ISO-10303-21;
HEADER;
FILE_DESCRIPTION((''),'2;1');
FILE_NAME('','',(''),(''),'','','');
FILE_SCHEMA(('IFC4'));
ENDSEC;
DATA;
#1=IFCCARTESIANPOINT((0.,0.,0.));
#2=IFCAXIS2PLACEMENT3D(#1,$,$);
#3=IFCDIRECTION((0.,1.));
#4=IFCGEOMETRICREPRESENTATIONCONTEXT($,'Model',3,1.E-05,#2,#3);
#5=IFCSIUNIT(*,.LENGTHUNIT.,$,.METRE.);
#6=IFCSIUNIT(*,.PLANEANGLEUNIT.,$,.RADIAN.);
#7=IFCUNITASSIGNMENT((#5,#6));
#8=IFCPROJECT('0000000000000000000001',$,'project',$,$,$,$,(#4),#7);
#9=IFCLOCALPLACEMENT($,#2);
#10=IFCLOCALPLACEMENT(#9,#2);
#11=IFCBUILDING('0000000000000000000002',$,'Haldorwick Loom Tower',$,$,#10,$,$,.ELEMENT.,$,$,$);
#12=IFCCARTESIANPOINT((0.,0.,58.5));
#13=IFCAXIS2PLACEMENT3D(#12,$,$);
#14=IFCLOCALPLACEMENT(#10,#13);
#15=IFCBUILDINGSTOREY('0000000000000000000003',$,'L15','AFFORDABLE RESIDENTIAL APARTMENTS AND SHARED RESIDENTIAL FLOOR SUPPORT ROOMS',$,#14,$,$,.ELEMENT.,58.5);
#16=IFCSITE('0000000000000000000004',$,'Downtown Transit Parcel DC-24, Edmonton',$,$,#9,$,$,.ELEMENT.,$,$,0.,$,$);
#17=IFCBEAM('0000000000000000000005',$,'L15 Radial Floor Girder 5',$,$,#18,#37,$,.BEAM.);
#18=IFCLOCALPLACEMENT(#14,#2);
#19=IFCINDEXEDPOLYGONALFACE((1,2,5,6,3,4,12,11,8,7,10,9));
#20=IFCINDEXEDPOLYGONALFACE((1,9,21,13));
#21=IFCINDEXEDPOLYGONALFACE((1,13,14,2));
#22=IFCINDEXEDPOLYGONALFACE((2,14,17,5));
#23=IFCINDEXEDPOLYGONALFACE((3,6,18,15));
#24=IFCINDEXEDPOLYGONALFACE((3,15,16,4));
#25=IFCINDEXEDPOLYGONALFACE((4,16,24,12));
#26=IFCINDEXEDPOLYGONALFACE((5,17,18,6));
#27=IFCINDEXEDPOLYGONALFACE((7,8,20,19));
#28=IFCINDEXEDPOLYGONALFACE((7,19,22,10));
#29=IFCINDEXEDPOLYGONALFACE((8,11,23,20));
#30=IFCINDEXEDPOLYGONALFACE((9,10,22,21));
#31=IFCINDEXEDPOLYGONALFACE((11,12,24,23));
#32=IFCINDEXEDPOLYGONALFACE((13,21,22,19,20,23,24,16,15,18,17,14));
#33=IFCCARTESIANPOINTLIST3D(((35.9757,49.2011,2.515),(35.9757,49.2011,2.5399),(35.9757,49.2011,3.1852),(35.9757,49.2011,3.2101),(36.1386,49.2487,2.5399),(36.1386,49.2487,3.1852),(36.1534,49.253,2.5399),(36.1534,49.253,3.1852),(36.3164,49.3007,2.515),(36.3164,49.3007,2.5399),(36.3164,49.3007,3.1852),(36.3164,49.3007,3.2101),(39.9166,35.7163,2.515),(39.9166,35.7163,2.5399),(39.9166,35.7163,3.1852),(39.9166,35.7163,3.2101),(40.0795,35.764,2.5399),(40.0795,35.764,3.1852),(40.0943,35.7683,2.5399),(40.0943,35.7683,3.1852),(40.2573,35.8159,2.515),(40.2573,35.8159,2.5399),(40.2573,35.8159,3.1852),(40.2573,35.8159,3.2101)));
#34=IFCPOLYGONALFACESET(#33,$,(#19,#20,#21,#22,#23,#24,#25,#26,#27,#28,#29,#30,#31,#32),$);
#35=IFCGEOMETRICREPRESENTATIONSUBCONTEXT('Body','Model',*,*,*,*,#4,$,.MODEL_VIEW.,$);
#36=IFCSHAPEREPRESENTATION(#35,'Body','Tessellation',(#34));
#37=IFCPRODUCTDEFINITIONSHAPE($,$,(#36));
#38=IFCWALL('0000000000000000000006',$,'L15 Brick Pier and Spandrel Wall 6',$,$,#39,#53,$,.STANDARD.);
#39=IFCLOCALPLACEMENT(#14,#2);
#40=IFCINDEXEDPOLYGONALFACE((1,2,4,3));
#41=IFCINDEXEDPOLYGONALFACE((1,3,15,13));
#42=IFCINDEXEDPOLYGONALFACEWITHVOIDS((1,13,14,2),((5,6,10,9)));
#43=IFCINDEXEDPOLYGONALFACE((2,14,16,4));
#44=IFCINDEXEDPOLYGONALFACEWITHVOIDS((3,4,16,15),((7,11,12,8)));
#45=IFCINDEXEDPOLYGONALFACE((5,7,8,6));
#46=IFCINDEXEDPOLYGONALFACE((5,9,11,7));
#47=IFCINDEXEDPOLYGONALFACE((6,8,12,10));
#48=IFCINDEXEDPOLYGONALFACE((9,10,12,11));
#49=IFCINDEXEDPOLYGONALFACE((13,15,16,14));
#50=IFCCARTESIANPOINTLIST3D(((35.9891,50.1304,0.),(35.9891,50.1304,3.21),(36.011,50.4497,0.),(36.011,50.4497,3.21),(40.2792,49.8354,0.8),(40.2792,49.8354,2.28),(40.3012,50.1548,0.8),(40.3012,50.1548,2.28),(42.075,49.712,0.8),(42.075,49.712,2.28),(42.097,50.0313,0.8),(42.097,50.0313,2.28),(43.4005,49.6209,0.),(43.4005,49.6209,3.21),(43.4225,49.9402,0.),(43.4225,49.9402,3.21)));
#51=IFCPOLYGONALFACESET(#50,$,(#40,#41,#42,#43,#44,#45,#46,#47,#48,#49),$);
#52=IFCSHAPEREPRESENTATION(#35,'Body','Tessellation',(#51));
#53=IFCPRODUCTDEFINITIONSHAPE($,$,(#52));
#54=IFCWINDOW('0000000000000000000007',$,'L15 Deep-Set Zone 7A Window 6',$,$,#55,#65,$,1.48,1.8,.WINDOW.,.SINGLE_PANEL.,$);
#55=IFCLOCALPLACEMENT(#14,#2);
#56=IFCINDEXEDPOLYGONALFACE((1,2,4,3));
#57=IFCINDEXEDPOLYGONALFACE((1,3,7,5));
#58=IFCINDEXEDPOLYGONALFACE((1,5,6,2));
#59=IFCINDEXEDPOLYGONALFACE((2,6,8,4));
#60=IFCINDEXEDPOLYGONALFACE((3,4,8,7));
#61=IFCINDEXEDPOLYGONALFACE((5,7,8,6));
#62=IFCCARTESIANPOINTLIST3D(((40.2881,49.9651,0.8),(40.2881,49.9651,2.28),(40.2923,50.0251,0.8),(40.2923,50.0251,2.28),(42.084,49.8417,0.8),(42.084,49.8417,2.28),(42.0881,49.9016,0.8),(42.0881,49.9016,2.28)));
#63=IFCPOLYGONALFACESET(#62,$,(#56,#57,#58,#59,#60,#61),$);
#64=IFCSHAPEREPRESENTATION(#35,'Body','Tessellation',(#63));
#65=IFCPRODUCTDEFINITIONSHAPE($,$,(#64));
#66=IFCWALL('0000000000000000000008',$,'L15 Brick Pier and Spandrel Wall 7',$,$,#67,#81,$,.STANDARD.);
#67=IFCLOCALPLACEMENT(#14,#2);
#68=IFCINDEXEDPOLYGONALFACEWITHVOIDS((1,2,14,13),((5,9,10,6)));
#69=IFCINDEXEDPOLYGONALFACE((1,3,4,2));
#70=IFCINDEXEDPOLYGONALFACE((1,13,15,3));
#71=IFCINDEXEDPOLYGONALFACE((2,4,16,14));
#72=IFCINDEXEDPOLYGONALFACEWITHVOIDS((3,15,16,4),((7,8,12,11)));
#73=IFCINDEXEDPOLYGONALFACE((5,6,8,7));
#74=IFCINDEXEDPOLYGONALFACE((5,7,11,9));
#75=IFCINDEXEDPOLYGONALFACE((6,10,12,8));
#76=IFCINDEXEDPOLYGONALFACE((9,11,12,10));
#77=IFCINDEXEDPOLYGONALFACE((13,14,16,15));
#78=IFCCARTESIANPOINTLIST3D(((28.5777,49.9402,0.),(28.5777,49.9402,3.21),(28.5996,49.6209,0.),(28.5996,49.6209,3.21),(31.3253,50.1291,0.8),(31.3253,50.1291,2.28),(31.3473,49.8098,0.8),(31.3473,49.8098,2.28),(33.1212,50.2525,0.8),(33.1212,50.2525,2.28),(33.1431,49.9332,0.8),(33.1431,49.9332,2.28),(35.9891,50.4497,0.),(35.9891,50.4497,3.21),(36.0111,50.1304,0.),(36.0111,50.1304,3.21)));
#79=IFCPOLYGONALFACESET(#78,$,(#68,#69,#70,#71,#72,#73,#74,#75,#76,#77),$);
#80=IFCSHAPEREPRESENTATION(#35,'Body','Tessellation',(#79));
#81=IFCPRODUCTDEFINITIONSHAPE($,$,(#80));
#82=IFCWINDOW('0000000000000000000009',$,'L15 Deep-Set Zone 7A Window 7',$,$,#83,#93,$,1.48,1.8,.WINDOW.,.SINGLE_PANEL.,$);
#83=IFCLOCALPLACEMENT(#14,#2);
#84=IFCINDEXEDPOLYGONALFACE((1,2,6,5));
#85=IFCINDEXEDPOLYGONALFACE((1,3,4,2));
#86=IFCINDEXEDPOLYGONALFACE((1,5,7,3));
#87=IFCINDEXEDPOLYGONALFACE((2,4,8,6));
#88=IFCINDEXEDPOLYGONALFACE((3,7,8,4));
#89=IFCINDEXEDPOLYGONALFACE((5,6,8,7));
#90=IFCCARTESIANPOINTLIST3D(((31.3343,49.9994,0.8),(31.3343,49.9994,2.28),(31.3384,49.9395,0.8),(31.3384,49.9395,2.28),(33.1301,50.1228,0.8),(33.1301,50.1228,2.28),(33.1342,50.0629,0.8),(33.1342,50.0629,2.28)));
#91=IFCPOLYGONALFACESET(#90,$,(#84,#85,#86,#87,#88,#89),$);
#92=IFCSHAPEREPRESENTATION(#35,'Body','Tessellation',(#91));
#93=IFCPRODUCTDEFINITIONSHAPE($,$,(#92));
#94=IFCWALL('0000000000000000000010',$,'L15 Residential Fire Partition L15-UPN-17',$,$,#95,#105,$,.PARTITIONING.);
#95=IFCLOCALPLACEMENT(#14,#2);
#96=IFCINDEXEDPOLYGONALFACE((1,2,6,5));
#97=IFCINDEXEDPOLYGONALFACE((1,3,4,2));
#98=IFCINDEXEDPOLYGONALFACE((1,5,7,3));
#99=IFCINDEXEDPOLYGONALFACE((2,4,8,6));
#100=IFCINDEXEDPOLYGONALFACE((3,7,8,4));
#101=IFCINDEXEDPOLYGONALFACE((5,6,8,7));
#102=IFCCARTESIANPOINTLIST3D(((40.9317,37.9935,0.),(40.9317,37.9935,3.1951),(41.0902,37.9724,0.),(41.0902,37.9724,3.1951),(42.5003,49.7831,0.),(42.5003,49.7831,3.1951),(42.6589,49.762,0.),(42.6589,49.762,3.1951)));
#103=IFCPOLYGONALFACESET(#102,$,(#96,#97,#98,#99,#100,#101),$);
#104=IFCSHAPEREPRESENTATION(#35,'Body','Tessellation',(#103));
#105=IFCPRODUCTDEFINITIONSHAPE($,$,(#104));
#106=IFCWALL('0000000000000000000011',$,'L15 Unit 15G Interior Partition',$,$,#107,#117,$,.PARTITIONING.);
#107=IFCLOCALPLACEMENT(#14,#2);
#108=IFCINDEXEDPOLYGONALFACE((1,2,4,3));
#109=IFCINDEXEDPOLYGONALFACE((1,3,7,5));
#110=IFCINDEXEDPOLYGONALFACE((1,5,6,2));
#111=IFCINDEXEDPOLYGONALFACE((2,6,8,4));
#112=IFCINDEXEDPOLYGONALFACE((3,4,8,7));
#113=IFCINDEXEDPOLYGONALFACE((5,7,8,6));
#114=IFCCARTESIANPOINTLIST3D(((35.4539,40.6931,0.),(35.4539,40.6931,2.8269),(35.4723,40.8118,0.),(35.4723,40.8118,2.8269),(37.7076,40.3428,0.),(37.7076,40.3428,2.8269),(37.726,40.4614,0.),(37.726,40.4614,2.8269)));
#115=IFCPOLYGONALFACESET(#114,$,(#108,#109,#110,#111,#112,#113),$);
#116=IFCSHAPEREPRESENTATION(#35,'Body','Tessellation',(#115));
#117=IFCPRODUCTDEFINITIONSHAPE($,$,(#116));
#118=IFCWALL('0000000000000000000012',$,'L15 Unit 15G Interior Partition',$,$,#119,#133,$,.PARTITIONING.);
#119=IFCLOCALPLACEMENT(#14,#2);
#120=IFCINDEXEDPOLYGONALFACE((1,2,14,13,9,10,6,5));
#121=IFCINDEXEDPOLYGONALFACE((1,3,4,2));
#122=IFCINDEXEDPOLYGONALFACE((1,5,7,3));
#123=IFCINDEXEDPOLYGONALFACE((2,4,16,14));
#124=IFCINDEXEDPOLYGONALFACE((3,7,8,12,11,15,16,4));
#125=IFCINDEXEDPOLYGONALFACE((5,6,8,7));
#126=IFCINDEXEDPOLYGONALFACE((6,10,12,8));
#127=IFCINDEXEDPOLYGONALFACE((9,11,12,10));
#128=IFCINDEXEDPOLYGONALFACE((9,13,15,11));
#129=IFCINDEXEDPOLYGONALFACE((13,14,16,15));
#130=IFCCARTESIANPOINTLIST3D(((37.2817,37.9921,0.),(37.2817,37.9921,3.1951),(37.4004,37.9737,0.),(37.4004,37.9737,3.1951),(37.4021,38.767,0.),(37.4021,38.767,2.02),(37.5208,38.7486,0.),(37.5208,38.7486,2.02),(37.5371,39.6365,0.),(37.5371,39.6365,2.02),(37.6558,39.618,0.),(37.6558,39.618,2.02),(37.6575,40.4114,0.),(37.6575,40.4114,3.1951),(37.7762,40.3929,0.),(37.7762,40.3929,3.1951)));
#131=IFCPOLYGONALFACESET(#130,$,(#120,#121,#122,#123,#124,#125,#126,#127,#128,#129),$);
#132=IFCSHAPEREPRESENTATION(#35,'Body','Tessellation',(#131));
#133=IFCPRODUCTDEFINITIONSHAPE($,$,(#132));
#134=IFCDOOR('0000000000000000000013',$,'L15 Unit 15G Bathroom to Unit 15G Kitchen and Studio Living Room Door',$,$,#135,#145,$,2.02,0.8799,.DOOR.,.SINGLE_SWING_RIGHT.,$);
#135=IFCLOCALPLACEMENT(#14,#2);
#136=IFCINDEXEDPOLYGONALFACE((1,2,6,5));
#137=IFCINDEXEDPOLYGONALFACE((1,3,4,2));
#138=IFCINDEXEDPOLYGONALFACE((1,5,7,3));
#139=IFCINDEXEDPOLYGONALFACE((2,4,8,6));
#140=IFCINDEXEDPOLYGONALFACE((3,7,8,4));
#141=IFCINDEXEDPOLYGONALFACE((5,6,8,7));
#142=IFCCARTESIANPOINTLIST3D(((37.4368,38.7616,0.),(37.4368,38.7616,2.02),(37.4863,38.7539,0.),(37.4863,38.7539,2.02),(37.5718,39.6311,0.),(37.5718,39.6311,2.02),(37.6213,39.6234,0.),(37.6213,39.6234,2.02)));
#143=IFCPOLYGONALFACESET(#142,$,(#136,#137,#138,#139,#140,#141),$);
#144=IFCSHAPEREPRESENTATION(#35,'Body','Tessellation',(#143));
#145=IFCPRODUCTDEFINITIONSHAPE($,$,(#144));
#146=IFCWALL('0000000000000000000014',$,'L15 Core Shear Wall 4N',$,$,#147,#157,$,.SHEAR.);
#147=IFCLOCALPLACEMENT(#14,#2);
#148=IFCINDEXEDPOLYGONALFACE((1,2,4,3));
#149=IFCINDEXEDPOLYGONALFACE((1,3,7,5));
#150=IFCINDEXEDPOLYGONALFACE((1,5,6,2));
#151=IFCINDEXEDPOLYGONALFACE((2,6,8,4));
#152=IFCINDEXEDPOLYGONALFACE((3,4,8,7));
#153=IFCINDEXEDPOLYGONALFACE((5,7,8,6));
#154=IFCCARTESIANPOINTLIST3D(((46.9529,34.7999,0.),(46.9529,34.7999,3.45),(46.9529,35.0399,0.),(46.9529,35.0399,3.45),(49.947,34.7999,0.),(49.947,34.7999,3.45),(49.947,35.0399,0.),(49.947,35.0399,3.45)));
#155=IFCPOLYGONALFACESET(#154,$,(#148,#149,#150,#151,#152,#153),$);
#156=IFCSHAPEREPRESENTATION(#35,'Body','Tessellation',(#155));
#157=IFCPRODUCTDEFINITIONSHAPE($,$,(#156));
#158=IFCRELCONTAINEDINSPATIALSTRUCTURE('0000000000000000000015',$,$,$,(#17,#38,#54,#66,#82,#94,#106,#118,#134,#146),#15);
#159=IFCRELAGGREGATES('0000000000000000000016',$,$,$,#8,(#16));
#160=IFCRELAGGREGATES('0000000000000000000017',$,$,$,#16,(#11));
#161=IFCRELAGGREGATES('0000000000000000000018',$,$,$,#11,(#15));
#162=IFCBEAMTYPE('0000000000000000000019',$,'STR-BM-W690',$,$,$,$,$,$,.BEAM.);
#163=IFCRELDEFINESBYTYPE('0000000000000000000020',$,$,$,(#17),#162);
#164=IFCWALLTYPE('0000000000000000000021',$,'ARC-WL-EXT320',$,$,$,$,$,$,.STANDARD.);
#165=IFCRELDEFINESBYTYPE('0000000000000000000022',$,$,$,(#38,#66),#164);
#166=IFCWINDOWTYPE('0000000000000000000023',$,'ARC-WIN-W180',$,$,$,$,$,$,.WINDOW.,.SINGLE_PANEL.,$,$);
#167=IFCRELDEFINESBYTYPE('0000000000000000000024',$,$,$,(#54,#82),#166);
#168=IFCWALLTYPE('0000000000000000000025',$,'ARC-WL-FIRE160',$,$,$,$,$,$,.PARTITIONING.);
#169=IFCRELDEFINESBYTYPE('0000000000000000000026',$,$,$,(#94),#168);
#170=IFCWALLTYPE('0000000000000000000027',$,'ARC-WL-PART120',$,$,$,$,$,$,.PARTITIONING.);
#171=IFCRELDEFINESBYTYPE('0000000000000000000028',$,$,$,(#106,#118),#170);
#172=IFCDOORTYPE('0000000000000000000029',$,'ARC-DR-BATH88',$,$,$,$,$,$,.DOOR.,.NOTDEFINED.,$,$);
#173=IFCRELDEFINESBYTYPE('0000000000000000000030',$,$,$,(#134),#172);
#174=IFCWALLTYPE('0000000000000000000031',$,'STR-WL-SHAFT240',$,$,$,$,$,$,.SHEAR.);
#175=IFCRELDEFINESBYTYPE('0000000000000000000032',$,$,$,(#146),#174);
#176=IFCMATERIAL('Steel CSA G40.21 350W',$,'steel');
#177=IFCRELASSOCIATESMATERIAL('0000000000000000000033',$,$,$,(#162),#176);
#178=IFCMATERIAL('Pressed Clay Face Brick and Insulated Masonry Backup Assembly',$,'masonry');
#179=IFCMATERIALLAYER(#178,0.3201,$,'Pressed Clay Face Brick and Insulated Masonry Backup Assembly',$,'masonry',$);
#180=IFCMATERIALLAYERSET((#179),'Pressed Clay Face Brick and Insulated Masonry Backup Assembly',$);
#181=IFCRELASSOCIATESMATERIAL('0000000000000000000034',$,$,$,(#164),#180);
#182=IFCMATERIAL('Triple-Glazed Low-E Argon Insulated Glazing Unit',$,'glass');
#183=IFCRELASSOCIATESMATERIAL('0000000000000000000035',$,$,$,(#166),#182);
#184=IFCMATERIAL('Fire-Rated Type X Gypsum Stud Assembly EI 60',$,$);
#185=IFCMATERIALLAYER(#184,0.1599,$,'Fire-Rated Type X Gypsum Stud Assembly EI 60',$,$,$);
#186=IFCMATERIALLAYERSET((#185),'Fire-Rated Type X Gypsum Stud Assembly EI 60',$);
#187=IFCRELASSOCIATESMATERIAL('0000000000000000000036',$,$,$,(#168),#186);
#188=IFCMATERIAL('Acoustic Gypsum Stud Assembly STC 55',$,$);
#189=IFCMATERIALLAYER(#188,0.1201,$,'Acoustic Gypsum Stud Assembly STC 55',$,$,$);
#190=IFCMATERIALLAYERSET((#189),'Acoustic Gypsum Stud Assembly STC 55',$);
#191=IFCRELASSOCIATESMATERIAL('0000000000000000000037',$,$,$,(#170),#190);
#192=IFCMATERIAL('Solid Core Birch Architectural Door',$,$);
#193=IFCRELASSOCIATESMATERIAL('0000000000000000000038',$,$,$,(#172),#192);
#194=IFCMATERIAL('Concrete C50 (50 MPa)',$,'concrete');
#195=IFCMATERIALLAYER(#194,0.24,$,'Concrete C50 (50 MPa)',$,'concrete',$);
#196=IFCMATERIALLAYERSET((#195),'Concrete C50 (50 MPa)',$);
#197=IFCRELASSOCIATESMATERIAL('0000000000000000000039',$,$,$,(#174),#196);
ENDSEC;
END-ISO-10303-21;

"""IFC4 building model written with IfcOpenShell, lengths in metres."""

from ifc_helpers import new_model, si_unit, direction, frame, frame_2d, origin, origin_2d, place, context, subcontext, project, spatial, rectangle, i_section, extrude, material, layer, layer_set, material_profile, profile_set, type_object, element, fill, save


model = new_model("IFC4")

# Units and contexts
model_context = context("Model", 3, precision=1e-05, world=origin(), true_north=direction((0.0, 1.0)))
body_context = subcontext(model_context, "Body", "Model", "MODEL_VIEW")
ifc_project = project(units=[si_unit("LENGTHUNIT", "METRE"), si_unit("PLANEANGLEUNIT", "RADIAN")], contexts=[model_context])

# Site, building, storey
site_placement = place(None, origin())
site = spatial("IfcSite", under=ifc_project, at=site_placement, Name="Downtown Transit Parcel DC-24, Edmonton", CompositionType="ELEMENT", RefElevation=0.0)
building_placement = place(site_placement, origin())
building = spatial("IfcBuilding", under=site, at=building_placement, Name="Haldorwick Loom Tower", CompositionType="ELEMENT")
storey_placement = place(building_placement, frame((0.0, 0.0, 58.5)))
storey = spatial("IfcBuildingStorey", under=building, at=storey_placement, Name="L15", Description="AFFORDABLE RESIDENTIAL APARTMENTS AND SHARED RESIDENTIAL FLOOR SUPPORT ROOMS", CompositionType="ELEMENT", Elevation=58.5)

# Beam
ifc_material_1 = material(Name="Steel CSA G40.21 350W", Category="steel")
ifc_material_profile_1 = material_profile(ifc_material_1, i_section(OverallWidth=0.355, OverallDepth=0.6951, WebThickness=0.0154, FlangeThickness=0.0249, at=origin_2d()), Name="W690X217", Category="steel")
ifc_profile_set_1 = profile_set([ifc_material_profile_1], Name="Steel CSA G40.21 350W")
beam_type_1 = type_object("IfcBeamType", Name="STR-BM-W690", PredefinedType="BEAM", material=ifc_profile_set_1)
beam_1_placement = place(storey_placement, frame((40.0869, 35.7661, 2.8625), z_axis=(-0.280514, 0.95985, 0.0), x_axis=(-0.95985, -0.280514, 0.0)))
element("IfcBeam", 1, at=beam_1_placement, inside=storey, type_object=beam_type_1, Name="L15 Radial Floor Girder 5", PredefinedType="BEAM", context=body_context, shape_type="SweptSolid", body=[
    extrude(i_section(OverallWidth=0.355, OverallDepth=0.6951, WebThickness=0.0154, FlangeThickness=0.0249, at=origin_2d()), origin(), (0.0, 0.0, 1.0), 14.0488),
])

# Walls, openings, windows
ifc_material_2 = material(Name="Pressed Clay Face Brick and Insulated Masonry Backup Assembly", Category="masonry")
ifc_layer_1 = layer(ifc_material_2, 0.3201, Name="Pressed Clay Face Brick and Insulated Masonry Backup Assembly", Category="masonry")
ifc_layer_set_1 = layer_set([ifc_layer_1], Name="Pressed Clay Face Brick and Insulated Masonry Backup Assembly")
wall_type_1 = type_object("IfcWallType", Name="ARC-WL-EXT320", PredefinedType="STANDARD", material=ifc_layer_set_1)
wall_1_placement = place(storey_placement, frame((43.4114, 49.7805, 0.0), z_axis=(0.0, 0.0, 1.0), x_axis=(-0.997645, 0.068587, 0.0)))
wall_1 = element("IfcWall", 2, at=wall_1_placement, inside=storey, type_object=wall_type_1, Name="L15 Brick Pier and Spandrel Wall 6", PredefinedType="STANDARD", context=body_context, shape_type="SweptSolid", body=[
    extrude(rectangle(XDim=7.429, YDim=0.3201, at=frame_2d((3.7144, 0.0))), origin(), (0.0, 0.0, 1.0), 3.21),
])
opening_1_placement = place(wall_1_placement, frame((1.3286, 0.0, 0.8)))
opening_1 = element("IfcOpeningElement", 3, at=opening_1_placement, cuts=wall_1, PredefinedType="OPENING", context=body_context, shape_type="SweptSolid", body=[
    extrude(rectangle(XDim=1.8, YDim=1.48, at=frame_2d((0.8999, 0.74))), frame((0.0, 0.1699, 0.0), z_axis=(0.0, -1.0, 0.0), x_axis=(1.0, 0.0, 0.0)), (0.0, 0.0, 1.0), 0.3401),
])
ifc_material_3 = material(Name="Triple-Glazed Low-E Argon Insulated Glazing Unit", Category="glass")
window_type = type_object("IfcWindowType", Name="ARC-WIN-W180", PartitioningType="SINGLE_PANEL", PredefinedType="WINDOW", material=ifc_material_3)
window_1_placement = place(opening_1_placement, origin())
window_1 = element("IfcWindow", 4, at=window_1_placement, inside=storey, type_object=window_type, Name="L15 Deep-Set Zone 7A Window 6", OverallHeight=1.48, OverallWidth=1.8, PartitioningType="SINGLE_PANEL", PredefinedType="WINDOW", context=body_context, shape_type="SweptSolid", body=[
    extrude(rectangle(XDim=1.8, YDim=1.48, at=frame_2d((0.8999, 0.74))), frame((0.0, 0.03, 0.0), z_axis=(0.0, -1.0, 0.0), x_axis=(1.0, 0.0, 0.0)), (0.0, 0.0, 1.0), 0.0601),
])
fill(opening_1, window_1)
wall_2_placement = place(storey_placement, frame((36.0, 50.29, 0.0), z_axis=(0.0, 0.0, 1.0), x_axis=(-0.997645, -0.068587, 0.0)))
wall_2 = element("IfcWall", 5, at=wall_2_placement, inside=storey, type_object=wall_type_1, Name="L15 Brick Pier and Spandrel Wall 7", PredefinedType="STANDARD", context=body_context, shape_type="SweptSolid", body=[
    extrude(rectangle(XDim=7.429, YDim=0.3201, at=frame_2d((3.7144, 0.0))), origin(), (0.0, 0.0, 1.0), 3.21),
])
opening_2_placement = place(wall_2_placement, frame((2.8748, 0.0, 0.8)))
opening_2 = element("IfcOpeningElement", 6, at=opening_2_placement, cuts=wall_2, PredefinedType="OPENING", context=body_context, shape_type="SweptSolid", body=[
    extrude(rectangle(XDim=1.8, YDim=1.48, at=frame_2d((0.8999, 0.74))), frame((0.0, 0.1699, 0.0), z_axis=(0.0, -1.0, 0.0), x_axis=(1.0, 0.0, 0.0)), (0.0, 0.0, 1.0), 0.3401),
])
window_2_placement = place(opening_2_placement, origin())
window_2 = element("IfcWindow", 7, at=window_2_placement, inside=storey, type_object=window_type, Name="L15 Deep-Set Zone 7A Window 7", OverallHeight=1.48, OverallWidth=1.8, PartitioningType="SINGLE_PANEL", PredefinedType="WINDOW", context=body_context, shape_type="SweptSolid", body=[
    extrude(rectangle(XDim=1.8, YDim=1.48, at=frame_2d((0.8999, 0.74))), frame((0.0, 0.03, 0.0), z_axis=(0.0, -1.0, 0.0), x_axis=(1.0, 0.0, 0.0)), (0.0, 0.0, 1.0), 0.0601),
])
fill(opening_2, window_2)

# Walls
ifc_material_4 = material(Name="Fire-Rated Type X Gypsum Stud Assembly EI 60")
ifc_layer_2 = layer(ifc_material_4, 0.1599, Name="Fire-Rated Type X Gypsum Stud Assembly EI 60")
ifc_layer_set_2 = layer_set([ifc_layer_2], Name="Fire-Rated Type X Gypsum Stud Assembly EI 60")
wall_type_2 = type_object("IfcWallType", Name="ARC-WL-FIRE160", PredefinedType="PARTITIONING", material=ifc_layer_set_2)
wall_3_placement = place(storey_placement, frame((41.011, 37.9829, 0.0), z_axis=(0.0, 0.0, 1.0), x_axis=(0.131888, 0.991265, 0.0)))
element("IfcWall", 8, at=wall_3_placement, inside=storey, type_object=wall_type_2, Name="L15 Residential Fire Partition L15-UPN-17", PredefinedType="PARTITIONING", context=body_context, shape_type="SweptSolid", body=[
    extrude(rectangle(XDim=11.8936, YDim=0.1599, at=frame_2d((5.9468, 0.0))), origin(), (0.0, 0.0, 1.0), 3.1951),
])
ifc_material_5 = material(Name="Acoustic Gypsum Stud Assembly STC 55")
ifc_layer_3 = layer(ifc_material_5, 0.1201, Name="Acoustic Gypsum Stud Assembly STC 55")
ifc_layer_set_3 = layer_set([ifc_layer_3], Name="Acoustic Gypsum Stud Assembly STC 55")
wall_type_3 = type_object("IfcWallType", Name="ARC-WL-PART120", PredefinedType="PARTITIONING", material=ifc_layer_set_3)
wall_4_placement = place(storey_placement, frame((37.7168, 40.4021, 0.0), z_axis=(0.0, 0.0, 1.0), x_axis=(-0.988132, 0.153609, 0.0)))
element("IfcWall", 9, at=wall_4_placement, inside=storey, type_object=wall_type_3, Name="L15 Unit 15G Interior Partition", PredefinedType="PARTITIONING", context=body_context, shape_type="SweptSolid", body=[
    extrude(rectangle(XDim=2.2808, YDim=0.1201, at=frame_2d((1.1404, 0.0))), origin(), (0.0, 0.0, 1.0), 2.8269),
])

# Wall, opening, door
wall_5_placement = place(storey_placement, frame((37.3411, 37.9829, 0.0), z_axis=(0.0, 0.0, 1.0), x_axis=(0.153473, 0.988153, 0.0)))
wall_5 = element("IfcWall", 10, at=wall_5_placement, inside=storey, type_object=wall_type_3, Name="L15 Unit 15G Interior Partition", PredefinedType="PARTITIONING", context=body_context, shape_type="SweptSolid", body=[
    extrude(rectangle(XDim=2.4482, YDim=0.1201, at=frame_2d((1.2241, 0.0))), origin(), (0.0, 0.0, 1.0), 3.1951),
])
opening_3_placement = place(wall_5_placement, frame((0.7842, 0.0, 0.0)))
opening_3 = element("IfcOpeningElement", 11, at=opening_3_placement, cuts=wall_5, PredefinedType="OPENING", context=body_context, shape_type="SweptSolid", body=[
    extrude(rectangle(XDim=0.8799, YDim=2.02, at=frame_2d((0.4399, 1.01))), frame((0.0, 0.0701, 0.0), z_axis=(0.0, -1.0, 0.0), x_axis=(1.0, 0.0, 0.0)), (0.0, 0.0, 1.0), 0.1401),
])
ifc_material_6 = material(Name="Solid Core Birch Architectural Door")
door_type = type_object("IfcDoorType", Name="ARC-DR-BATH88", OperationType="NOTDEFINED", PredefinedType="DOOR", material=ifc_material_6)
door_placement = place(opening_3_placement, origin())
door = element("IfcDoor", 12, at=door_placement, inside=storey, type_object=door_type, Name="L15 Unit 15G Bathroom to Unit 15G Kitchen and Studio Living Room Door", OperationType="SINGLE_SWING_RIGHT", OverallHeight=2.02, OverallWidth=0.8799, PredefinedType="DOOR", context=body_context, shape_type="SweptSolid", body=[
    extrude(rectangle(XDim=0.8799, YDim=2.02, at=frame_2d((0.4399, 1.01))), frame((0.0, 0.0249, 0.0), z_axis=(0.0, -1.0, 0.0), x_axis=(1.0, 0.0, 0.0)), (0.0, 0.0, 1.0), 0.05),
])
fill(opening_3, door)

# Wall
ifc_material_7 = material(Name="Concrete C50 (50 MPa)", Category="concrete")
ifc_layer_4 = layer(ifc_material_7, 0.24, Name="Concrete C50 (50 MPa)", Category="concrete")
ifc_layer_set_4 = layer_set([ifc_layer_4], Name="Concrete C50 (50 MPa)")
wall_type_4 = type_object("IfcWallType", Name="STR-WL-SHAFT240", PredefinedType="SHEAR", material=ifc_layer_set_4)
wall_6_placement = place(storey_placement, frame((46.9529, 34.9199, 0.0), z_axis=(0.0, 0.0, 1.0), x_axis=(1.0, 0.0, 0.0)))
element("IfcWall", 13, at=wall_6_placement, inside=storey, type_object=wall_type_4, Name="L15 Core Shear Wall 4N", PredefinedType="SHEAR", context=body_context, shape_type="SweptSolid", body=[
    extrude(rectangle(XDim=2.9941, YDim=0.24, at=frame_2d((1.4971, 0.0))), origin(), (0.0, 0.0, 1.0), 3.45),
])

save(model, "model.ifc")
